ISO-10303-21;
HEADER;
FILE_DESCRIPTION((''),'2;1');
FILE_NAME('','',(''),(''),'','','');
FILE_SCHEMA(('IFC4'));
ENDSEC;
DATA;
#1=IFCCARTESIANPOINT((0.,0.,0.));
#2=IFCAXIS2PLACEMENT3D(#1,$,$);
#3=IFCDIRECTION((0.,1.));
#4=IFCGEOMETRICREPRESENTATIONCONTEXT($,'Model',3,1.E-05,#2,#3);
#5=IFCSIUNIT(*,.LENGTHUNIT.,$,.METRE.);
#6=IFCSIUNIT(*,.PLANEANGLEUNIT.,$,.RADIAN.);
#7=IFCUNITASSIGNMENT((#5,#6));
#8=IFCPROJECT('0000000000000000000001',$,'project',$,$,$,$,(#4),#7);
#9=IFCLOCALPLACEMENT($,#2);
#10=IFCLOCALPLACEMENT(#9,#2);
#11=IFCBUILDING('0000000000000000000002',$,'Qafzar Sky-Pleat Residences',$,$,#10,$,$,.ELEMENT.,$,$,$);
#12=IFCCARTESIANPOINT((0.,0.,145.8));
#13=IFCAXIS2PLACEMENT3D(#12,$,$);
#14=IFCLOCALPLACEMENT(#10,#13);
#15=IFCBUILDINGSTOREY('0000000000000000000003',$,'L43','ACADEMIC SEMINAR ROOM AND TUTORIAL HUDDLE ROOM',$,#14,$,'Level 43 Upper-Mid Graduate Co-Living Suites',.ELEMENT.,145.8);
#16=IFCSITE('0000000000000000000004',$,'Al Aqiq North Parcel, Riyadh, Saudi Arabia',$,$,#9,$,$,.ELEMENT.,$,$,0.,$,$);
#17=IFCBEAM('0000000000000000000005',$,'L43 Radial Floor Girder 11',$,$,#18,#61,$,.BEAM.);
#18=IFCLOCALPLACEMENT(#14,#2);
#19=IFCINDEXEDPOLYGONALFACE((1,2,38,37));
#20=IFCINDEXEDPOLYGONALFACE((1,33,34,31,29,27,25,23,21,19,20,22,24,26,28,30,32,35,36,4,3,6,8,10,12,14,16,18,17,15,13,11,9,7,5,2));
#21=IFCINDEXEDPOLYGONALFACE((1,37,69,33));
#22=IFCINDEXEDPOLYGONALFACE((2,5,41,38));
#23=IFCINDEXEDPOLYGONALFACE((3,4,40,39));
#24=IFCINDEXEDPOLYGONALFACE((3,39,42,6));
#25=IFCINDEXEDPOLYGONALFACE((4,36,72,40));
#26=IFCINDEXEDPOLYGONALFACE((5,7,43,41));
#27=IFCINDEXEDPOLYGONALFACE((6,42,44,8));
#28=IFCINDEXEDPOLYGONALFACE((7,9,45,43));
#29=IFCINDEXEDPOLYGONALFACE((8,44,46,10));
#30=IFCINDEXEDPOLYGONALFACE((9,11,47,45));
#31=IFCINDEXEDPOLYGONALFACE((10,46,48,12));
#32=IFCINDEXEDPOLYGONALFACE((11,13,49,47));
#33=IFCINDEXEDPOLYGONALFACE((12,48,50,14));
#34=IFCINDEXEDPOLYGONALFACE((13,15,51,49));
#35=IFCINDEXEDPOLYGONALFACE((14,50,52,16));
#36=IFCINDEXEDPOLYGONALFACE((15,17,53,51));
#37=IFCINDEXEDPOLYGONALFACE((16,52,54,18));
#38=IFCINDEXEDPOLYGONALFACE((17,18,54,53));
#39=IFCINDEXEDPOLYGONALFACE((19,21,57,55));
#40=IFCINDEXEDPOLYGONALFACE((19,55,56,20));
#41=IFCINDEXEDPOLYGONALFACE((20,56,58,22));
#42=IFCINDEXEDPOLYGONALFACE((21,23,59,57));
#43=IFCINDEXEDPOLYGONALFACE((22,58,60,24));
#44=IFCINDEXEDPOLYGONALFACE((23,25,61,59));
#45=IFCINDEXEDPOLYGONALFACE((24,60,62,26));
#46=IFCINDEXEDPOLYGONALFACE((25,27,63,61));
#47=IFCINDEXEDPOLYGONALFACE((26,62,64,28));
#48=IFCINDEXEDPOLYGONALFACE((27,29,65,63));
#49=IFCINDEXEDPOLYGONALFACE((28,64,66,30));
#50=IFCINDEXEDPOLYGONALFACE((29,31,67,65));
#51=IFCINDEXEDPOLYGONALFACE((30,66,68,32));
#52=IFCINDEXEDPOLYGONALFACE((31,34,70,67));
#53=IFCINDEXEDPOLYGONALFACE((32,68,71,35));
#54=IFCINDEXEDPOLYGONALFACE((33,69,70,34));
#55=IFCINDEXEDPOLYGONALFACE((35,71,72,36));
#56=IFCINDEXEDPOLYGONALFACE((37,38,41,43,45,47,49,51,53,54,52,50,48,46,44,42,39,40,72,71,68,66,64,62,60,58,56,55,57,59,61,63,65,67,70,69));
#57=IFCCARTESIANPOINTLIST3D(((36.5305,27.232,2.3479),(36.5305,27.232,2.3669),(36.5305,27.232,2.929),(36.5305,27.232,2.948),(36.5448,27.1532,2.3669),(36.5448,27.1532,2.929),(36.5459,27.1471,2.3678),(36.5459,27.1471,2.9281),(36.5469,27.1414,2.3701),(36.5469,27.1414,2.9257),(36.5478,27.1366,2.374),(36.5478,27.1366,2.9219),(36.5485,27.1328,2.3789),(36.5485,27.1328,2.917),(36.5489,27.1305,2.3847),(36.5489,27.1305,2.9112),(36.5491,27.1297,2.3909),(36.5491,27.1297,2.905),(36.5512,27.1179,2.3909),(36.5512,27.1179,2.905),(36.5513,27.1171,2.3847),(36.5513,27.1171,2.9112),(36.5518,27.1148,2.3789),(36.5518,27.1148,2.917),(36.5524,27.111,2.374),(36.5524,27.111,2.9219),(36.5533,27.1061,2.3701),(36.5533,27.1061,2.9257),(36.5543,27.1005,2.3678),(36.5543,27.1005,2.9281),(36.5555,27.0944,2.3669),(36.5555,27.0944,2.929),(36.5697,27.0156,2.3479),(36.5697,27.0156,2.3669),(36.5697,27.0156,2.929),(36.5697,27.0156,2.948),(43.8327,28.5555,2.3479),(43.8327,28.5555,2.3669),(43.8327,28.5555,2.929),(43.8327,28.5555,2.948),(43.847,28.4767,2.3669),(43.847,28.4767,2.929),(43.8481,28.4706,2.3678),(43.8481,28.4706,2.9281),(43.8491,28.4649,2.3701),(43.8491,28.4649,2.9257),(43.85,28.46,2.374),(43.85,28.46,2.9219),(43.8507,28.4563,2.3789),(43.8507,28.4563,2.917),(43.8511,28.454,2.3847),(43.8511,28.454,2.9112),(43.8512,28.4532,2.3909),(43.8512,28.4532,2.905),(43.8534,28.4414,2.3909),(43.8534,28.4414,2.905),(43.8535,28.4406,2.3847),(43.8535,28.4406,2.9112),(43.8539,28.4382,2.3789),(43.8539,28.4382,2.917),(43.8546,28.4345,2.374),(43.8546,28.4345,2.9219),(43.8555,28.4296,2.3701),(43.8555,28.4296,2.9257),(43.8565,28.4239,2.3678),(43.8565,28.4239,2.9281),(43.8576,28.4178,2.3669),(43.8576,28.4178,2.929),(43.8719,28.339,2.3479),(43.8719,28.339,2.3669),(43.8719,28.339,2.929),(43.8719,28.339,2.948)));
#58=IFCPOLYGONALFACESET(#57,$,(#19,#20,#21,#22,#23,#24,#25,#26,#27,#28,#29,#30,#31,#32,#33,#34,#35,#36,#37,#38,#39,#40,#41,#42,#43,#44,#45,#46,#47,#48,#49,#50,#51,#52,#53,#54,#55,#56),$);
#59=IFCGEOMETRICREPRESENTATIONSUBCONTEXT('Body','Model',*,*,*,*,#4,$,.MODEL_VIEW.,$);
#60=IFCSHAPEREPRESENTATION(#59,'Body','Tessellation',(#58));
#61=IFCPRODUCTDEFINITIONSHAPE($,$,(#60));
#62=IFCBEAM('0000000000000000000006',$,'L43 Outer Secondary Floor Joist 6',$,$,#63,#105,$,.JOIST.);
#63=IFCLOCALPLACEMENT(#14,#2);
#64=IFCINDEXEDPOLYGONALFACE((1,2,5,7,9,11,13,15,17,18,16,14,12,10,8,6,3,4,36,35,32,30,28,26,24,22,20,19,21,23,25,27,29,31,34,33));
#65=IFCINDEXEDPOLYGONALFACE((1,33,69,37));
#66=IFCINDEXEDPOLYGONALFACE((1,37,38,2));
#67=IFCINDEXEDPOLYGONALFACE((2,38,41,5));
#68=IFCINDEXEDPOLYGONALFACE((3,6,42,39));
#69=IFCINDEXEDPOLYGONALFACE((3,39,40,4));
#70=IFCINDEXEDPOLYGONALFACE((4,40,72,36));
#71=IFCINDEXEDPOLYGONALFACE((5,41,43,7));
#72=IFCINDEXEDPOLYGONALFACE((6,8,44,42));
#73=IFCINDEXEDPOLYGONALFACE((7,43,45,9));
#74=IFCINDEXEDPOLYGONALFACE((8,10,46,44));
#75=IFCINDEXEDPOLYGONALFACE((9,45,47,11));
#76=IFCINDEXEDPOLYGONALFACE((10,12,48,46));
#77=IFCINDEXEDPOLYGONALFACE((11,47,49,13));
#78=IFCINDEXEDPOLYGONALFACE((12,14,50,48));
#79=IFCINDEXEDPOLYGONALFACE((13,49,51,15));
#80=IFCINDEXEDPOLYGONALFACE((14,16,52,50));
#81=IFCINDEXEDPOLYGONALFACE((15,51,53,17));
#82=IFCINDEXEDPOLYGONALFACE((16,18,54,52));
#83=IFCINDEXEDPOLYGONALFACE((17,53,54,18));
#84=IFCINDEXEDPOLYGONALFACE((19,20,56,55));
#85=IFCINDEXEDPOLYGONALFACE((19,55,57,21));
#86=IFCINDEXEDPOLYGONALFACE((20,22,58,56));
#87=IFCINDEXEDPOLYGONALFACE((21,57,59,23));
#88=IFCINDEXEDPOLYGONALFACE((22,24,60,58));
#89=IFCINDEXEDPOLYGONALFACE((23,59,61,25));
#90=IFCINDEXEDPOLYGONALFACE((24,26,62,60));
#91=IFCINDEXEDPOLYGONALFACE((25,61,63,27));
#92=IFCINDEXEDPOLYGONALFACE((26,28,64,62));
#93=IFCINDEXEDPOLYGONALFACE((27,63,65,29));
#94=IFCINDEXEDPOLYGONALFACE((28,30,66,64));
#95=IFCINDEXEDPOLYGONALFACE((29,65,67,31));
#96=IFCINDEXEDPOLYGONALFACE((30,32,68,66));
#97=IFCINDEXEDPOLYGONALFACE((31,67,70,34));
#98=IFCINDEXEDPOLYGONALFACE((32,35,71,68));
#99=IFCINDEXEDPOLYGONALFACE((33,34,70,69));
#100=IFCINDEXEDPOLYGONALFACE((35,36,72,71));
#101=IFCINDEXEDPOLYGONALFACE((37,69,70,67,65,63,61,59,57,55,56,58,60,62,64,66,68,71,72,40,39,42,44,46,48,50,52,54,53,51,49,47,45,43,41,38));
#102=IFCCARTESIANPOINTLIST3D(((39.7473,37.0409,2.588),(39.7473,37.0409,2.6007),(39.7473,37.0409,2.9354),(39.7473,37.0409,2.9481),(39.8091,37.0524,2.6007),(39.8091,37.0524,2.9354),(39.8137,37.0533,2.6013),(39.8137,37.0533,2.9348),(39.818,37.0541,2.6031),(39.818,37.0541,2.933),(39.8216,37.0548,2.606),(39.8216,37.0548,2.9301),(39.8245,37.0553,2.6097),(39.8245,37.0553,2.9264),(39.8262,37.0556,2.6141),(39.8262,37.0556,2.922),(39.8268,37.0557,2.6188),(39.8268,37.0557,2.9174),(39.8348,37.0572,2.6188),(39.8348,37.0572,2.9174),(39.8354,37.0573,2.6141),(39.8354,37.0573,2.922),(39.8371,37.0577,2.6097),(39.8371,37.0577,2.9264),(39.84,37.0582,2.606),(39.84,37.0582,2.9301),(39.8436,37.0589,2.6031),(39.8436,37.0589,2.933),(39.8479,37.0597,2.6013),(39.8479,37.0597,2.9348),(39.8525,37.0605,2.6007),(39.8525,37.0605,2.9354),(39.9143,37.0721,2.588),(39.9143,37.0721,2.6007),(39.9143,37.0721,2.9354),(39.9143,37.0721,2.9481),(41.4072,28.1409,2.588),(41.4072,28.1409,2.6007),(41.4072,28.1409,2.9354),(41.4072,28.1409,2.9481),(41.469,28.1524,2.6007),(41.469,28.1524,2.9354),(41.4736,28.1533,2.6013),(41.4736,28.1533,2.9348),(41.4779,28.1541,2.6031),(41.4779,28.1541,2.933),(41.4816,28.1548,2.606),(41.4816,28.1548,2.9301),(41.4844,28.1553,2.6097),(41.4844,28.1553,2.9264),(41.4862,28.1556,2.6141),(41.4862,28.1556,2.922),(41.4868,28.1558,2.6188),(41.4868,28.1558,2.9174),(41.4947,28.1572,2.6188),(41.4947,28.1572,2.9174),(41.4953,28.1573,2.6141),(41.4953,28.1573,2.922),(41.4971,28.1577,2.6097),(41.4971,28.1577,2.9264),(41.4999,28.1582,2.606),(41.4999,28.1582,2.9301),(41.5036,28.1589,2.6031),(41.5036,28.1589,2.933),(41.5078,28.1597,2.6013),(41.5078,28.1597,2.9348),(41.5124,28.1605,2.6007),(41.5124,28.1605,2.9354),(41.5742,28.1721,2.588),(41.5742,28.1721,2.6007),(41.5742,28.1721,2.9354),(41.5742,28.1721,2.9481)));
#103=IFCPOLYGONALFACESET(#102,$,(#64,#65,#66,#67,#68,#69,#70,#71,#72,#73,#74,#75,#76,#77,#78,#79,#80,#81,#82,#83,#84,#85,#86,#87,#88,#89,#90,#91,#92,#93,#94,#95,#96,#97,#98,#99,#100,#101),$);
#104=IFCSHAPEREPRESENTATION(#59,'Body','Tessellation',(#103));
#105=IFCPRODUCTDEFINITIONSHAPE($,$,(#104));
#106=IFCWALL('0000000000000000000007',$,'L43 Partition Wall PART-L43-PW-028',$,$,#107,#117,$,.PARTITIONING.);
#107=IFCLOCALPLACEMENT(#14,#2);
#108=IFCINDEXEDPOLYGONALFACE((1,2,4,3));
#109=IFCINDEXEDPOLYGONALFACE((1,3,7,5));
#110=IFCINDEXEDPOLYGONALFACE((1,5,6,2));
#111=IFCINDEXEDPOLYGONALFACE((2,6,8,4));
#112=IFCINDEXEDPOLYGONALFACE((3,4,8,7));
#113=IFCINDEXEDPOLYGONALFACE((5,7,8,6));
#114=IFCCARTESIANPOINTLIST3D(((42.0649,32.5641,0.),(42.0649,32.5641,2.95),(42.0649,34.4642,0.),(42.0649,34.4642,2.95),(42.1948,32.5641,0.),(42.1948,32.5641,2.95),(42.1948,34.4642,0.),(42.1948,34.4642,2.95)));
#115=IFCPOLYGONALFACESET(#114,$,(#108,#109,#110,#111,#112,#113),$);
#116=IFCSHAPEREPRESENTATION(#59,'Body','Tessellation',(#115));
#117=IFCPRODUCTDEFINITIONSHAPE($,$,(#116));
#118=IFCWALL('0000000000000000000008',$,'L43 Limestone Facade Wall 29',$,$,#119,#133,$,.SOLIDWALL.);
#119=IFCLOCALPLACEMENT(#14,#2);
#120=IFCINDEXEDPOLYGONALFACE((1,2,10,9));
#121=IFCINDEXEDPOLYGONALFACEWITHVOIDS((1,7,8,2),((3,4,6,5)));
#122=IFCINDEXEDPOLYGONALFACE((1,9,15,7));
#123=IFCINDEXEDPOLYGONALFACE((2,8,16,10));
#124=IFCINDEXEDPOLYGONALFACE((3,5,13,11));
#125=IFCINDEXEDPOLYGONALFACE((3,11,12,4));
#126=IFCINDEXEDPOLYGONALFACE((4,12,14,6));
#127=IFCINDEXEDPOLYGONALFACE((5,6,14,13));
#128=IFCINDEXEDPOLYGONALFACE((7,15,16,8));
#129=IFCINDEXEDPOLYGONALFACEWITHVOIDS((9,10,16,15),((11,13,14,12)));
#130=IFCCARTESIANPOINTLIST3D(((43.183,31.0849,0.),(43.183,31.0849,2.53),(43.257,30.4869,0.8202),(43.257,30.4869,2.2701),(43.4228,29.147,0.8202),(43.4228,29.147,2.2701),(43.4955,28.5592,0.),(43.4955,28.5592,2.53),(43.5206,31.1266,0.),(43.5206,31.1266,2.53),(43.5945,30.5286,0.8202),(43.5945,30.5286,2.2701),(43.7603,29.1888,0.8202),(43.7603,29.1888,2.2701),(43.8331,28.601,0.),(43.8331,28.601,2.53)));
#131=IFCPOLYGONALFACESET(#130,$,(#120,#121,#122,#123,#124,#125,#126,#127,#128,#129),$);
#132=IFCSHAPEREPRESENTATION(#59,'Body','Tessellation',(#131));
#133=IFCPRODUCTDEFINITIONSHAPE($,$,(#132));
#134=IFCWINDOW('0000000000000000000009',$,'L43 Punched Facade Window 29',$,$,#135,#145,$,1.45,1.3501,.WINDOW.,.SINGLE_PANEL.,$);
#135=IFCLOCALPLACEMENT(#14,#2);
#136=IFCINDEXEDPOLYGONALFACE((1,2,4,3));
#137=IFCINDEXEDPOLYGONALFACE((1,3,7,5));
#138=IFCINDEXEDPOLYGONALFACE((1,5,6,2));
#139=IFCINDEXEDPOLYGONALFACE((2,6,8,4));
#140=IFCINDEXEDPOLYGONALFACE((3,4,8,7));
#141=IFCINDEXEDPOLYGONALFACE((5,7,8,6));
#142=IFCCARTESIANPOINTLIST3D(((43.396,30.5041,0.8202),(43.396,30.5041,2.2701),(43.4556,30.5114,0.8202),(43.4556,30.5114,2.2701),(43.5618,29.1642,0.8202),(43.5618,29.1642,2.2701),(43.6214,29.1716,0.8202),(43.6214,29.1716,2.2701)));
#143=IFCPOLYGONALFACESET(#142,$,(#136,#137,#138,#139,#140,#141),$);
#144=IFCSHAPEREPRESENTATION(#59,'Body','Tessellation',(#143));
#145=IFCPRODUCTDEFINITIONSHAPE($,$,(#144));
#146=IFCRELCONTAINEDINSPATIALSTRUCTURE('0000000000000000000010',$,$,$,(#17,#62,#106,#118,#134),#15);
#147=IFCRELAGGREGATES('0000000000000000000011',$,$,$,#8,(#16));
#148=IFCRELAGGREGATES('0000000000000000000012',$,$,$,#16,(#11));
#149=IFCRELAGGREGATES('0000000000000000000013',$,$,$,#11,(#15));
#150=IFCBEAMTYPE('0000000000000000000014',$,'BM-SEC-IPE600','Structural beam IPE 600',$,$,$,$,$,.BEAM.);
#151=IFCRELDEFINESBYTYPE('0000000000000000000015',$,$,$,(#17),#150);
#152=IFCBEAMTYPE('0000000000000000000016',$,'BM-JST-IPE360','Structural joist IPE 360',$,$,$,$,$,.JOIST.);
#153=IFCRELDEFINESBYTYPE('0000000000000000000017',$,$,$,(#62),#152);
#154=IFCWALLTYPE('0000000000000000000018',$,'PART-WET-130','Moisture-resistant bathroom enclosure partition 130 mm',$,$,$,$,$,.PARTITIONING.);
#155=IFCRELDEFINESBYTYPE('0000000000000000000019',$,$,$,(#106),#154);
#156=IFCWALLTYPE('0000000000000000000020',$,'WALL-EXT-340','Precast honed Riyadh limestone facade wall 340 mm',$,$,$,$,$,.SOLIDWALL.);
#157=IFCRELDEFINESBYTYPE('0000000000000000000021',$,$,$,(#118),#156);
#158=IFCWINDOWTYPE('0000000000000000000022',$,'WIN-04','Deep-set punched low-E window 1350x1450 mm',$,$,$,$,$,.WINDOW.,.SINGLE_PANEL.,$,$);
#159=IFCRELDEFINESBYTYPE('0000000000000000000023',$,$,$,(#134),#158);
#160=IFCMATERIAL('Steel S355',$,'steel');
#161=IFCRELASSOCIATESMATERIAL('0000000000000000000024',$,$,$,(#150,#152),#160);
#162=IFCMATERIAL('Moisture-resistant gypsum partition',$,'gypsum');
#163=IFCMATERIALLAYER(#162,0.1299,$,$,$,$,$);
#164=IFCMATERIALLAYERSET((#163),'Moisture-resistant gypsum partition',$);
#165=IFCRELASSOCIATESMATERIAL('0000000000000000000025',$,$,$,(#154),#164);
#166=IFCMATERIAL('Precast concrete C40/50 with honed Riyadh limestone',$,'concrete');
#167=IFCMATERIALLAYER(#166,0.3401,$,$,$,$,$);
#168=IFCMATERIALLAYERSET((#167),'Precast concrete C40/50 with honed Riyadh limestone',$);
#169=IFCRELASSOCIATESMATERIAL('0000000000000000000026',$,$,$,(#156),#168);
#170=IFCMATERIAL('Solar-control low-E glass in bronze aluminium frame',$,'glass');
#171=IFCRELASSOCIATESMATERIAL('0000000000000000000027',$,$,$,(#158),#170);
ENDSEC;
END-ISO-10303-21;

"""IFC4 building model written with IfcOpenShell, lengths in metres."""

from ifc_helpers import new_model, si_unit, direction, frame, frame_2d, origin, origin_2d, place, context, subcontext, project, spatial, rectangle, i_section, extrude, source, transform, mapped, material, layer, layer_set, material_profile, profile_set, type_object, element, fill, save


model = new_model("IFC4")

# Units and contexts
model_context = context("Model", 3, precision=1e-05, world=origin(), true_north=direction((0.0, 1.0)))
body_context = subcontext(model_context, "Body", "Model", "MODEL_VIEW")
ifc_project = project(units=[si_unit("LENGTHUNIT", "METRE"), si_unit("PLANEANGLEUNIT", "RADIAN")], contexts=[model_context])

# Site, building, storey
site_placement = place(None, origin())
site = spatial("IfcSite", under=ifc_project, at=site_placement, Name="Al Aqiq North Parcel, Riyadh, Saudi Arabia", CompositionType="ELEMENT", RefElevation=0.0)
building_placement = place(site_placement, origin())
building = spatial("IfcBuilding", under=site, at=building_placement, Name="Qafzar Sky-Pleat Residences", CompositionType="ELEMENT")
storey_placement = place(building_placement, frame((0.0, 0.0, 145.8)))
storey = spatial("IfcBuildingStorey", under=building, at=storey_placement, Name="L43", Description="ACADEMIC SEMINAR ROOM AND TUTORIAL HUDDLE ROOM", LongName="Level 43 Upper-Mid Graduate Co-Living Suites", CompositionType="ELEMENT", Elevation=145.8)

# Shared definitions
ifc_material_1 = material(Name="Steel S355", Category="steel")

# Beams
ifc_material_profile_1 = material_profile(ifc_material_1, i_section(OverallWidth=0.22, OverallDepth=0.6001, WebThickness=0.012, FlangeThickness=0.019, FilletRadius=0.0239, at=origin_2d()), Name="IPE 600")
ifc_profile_set_1 = profile_set([ifc_material_profile_1], Name="Steel S355")
beam_type_1 = type_object("IfcBeamType", Name="BM-SEC-IPE600", Description="Structural beam IPE 600", PredefinedType="BEAM", material=ifc_profile_set_1)
shared_shape_1 = source(origin(), body_context, "Body", "SweptSolid", [
    extrude(i_section(OverallWidth=0.22, OverallDepth=0.6001, WebThickness=0.012, FlangeThickness=0.019, FilletRadius=0.0239, at=origin_2d()), origin(), (0.0, 0.0, 1.0), 7.4211),
])
beam_1_placement = place(storey_placement, frame((43.8523, 28.4473, 2.6479), z_axis=(-0.983969, -0.178338, 0.0), x_axis=(0.178338, -0.983969, 0.0)))
element("IfcBeam", 1, at=beam_1_placement, inside=storey, type_object=beam_type_1, Name="L43 Radial Floor Girder 11", PredefinedType="BEAM", context=body_context, shape_type="MappedRepresentation", body=[
    mapped(shared_shape_1, transform((0.0, 0.0, 0.0), x_axis=(1.0, 0.0, 0.0), y_axis=(0.0, 1.0, 0.0), z_axis=(0.0, 0.0, 1.0), scale=1.0)),
])
ifc_material_profile_2 = material_profile(ifc_material_1, i_section(OverallWidth=0.1699, OverallDepth=0.3601, WebThickness=0.0081, FlangeThickness=0.0127, FilletRadius=0.0181, at=origin_2d()), Name="IPE 360")
ifc_profile_set_2 = profile_set([ifc_material_profile_2], Name="Steel S355")
beam_type_2 = type_object("IfcBeamType", Name="BM-JST-IPE360", Description="Structural joist IPE 360", PredefinedType="JOIST", material=ifc_profile_set_2)
shared_shape_2 = source(origin(), body_context, "Body", "SweptSolid", [
    extrude(i_section(OverallWidth=0.1699, OverallDepth=0.3601, WebThickness=0.0081, FlangeThickness=0.0127, FilletRadius=0.0181, at=origin_2d()), origin(), (0.0, 0.0, 1.0), 9.0535),
])
beam_2_placement = place(storey_placement, frame((41.4907, 28.1565, 2.7681), z_axis=(-0.183347, 0.983048, 0.0), x_axis=(-0.983048, -0.183347, 0.0)))
element("IfcBeam", 2, at=beam_2_placement, inside=storey, type_object=beam_type_2, Name="L43 Outer Secondary Floor Joist 6", PredefinedType="JOIST", context=body_context, shape_type="MappedRepresentation", body=[
    mapped(shared_shape_2, transform((0.0, 0.0, 0.0), x_axis=(1.0, 0.0, 0.0), y_axis=(0.0, 1.0, 0.0), z_axis=(0.0, 0.0, 1.0), scale=1.0)),
])

# Wall
ifc_material_2 = material(Name="Moisture-resistant gypsum partition", Category="gypsum")
ifc_layer_1 = layer(ifc_material_2, 0.1299)
ifc_layer_set_1 = layer_set([ifc_layer_1], Name="Moisture-resistant gypsum partition")
wall_type_1 = type_object("IfcWallType", Name="PART-WET-130", Description="Moisture-resistant bathroom enclosure partition 130 mm", PredefinedType="PARTITIONING", material=ifc_layer_set_1)
wall_1_placement = place(storey_placement, frame((42.1299, 32.564, 0.0), z_axis=(0.0, 0.0, 1.0), x_axis=(0.0, 1.0, 0.0)))
element("IfcWall", 3, at=wall_1_placement, inside=storey, type_object=wall_type_1, Name="L43 Partition Wall PART-L43-PW-028", PredefinedType="PARTITIONING", context=body_context, shape_type="SweptSolid", body=[
    extrude(rectangle(XDim=1.9001, YDim=0.1299, at=frame_2d((0.9502, 0.0))), origin(), (0.0, 0.0, 1.0), 2.95),
])

# Wall, opening, window
ifc_material_3 = material(Name="Precast concrete C40/50 with honed Riyadh limestone", Category="concrete")
ifc_layer_2 = layer(ifc_material_3, 0.3401)
ifc_layer_set_2 = layer_set([ifc_layer_2], Name="Precast concrete C40/50 with honed Riyadh limestone")
wall_type_2 = type_object("IfcWallType", Name="WALL-EXT-340", Description="Precast honed Riyadh limestone facade wall 340 mm", PredefinedType="SOLIDWALL", material=ifc_layer_set_2)
wall_2_placement = place(storey_placement, frame((43.6643, 28.5801, 0.0), z_axis=(0.0, 0.0, 1.0), x_axis=(-0.122795, 0.992432, 0.0)))
wall_2 = element("IfcWall", 4, at=wall_2_placement, inside=storey, type_object=wall_type_2, Name="L43 Limestone Facade Wall 29", PredefinedType="SOLIDWALL", context=body_context, shape_type="SweptSolid", body=[
    extrude(rectangle(XDim=2.5449, YDim=0.3401, at=frame_2d((1.2725, 0.0))), origin(), (0.0, 0.0, 1.0), 2.53),
])
opening_1_placement = place(wall_2_placement, frame((0.5923, 0.0, 0.8201)))
opening_1 = element("IfcOpeningElement", 5, at=opening_1_placement, cuts=wall_2, PredefinedType="OPENING", context=body_context, shape_type="SweptSolid", body=[
    extrude(rectangle(XDim=1.3501, YDim=1.45, at=frame_2d((0.675, 0.7251))), frame((0.0, 0.1802, 0.0), z_axis=(0.0, -1.0, 0.0), x_axis=(1.0, 0.0, 0.0)), (0.0, 0.0, 1.0), 0.3601),
])
ifc_material_4 = material(Name="Solar-control low-E glass in bronze aluminium frame", Category="glass")
window_type_1 = type_object("IfcWindowType", Name="WIN-04", Description="Deep-set punched low-E window 1350x1450 mm", PartitioningType="SINGLE_PANEL", PredefinedType="WINDOW", material=ifc_material_4)
shared_shape_3 = source(origin(), body_context, "Body", "SweptSolid", [
    extrude(rectangle(XDim=1.3501, YDim=1.45, at=frame_2d((0.675, 0.7251))), frame((0.0, 0.03, 0.0), z_axis=(0.0, -1.0, 0.0), x_axis=(1.0, 0.0, 0.0)), (0.0, 0.0, 1.0), 0.0601),
])
window_1_placement = place(opening_1_placement, origin())
window_1 = element("IfcWindow", 6, at=window_1_placement, inside=storey, type_object=window_type_1, Name="L43 Punched Facade Window 29", OverallHeight=1.45, OverallWidth=1.3501, PartitioningType="SINGLE_PANEL", PredefinedType="WINDOW", context=body_context, shape_type="MappedRepresentation", body=[
    mapped(shared_shape_3, transform((0.0, 0.0, 0.0), x_axis=(1.0, 0.0, 0.0), y_axis=(0.0, 1.0, 0.0), z_axis=(0.0, 0.0, 1.0), scale=1.0)),
])
fill(opening_1, window_1)

save(model, "model.ifc")
